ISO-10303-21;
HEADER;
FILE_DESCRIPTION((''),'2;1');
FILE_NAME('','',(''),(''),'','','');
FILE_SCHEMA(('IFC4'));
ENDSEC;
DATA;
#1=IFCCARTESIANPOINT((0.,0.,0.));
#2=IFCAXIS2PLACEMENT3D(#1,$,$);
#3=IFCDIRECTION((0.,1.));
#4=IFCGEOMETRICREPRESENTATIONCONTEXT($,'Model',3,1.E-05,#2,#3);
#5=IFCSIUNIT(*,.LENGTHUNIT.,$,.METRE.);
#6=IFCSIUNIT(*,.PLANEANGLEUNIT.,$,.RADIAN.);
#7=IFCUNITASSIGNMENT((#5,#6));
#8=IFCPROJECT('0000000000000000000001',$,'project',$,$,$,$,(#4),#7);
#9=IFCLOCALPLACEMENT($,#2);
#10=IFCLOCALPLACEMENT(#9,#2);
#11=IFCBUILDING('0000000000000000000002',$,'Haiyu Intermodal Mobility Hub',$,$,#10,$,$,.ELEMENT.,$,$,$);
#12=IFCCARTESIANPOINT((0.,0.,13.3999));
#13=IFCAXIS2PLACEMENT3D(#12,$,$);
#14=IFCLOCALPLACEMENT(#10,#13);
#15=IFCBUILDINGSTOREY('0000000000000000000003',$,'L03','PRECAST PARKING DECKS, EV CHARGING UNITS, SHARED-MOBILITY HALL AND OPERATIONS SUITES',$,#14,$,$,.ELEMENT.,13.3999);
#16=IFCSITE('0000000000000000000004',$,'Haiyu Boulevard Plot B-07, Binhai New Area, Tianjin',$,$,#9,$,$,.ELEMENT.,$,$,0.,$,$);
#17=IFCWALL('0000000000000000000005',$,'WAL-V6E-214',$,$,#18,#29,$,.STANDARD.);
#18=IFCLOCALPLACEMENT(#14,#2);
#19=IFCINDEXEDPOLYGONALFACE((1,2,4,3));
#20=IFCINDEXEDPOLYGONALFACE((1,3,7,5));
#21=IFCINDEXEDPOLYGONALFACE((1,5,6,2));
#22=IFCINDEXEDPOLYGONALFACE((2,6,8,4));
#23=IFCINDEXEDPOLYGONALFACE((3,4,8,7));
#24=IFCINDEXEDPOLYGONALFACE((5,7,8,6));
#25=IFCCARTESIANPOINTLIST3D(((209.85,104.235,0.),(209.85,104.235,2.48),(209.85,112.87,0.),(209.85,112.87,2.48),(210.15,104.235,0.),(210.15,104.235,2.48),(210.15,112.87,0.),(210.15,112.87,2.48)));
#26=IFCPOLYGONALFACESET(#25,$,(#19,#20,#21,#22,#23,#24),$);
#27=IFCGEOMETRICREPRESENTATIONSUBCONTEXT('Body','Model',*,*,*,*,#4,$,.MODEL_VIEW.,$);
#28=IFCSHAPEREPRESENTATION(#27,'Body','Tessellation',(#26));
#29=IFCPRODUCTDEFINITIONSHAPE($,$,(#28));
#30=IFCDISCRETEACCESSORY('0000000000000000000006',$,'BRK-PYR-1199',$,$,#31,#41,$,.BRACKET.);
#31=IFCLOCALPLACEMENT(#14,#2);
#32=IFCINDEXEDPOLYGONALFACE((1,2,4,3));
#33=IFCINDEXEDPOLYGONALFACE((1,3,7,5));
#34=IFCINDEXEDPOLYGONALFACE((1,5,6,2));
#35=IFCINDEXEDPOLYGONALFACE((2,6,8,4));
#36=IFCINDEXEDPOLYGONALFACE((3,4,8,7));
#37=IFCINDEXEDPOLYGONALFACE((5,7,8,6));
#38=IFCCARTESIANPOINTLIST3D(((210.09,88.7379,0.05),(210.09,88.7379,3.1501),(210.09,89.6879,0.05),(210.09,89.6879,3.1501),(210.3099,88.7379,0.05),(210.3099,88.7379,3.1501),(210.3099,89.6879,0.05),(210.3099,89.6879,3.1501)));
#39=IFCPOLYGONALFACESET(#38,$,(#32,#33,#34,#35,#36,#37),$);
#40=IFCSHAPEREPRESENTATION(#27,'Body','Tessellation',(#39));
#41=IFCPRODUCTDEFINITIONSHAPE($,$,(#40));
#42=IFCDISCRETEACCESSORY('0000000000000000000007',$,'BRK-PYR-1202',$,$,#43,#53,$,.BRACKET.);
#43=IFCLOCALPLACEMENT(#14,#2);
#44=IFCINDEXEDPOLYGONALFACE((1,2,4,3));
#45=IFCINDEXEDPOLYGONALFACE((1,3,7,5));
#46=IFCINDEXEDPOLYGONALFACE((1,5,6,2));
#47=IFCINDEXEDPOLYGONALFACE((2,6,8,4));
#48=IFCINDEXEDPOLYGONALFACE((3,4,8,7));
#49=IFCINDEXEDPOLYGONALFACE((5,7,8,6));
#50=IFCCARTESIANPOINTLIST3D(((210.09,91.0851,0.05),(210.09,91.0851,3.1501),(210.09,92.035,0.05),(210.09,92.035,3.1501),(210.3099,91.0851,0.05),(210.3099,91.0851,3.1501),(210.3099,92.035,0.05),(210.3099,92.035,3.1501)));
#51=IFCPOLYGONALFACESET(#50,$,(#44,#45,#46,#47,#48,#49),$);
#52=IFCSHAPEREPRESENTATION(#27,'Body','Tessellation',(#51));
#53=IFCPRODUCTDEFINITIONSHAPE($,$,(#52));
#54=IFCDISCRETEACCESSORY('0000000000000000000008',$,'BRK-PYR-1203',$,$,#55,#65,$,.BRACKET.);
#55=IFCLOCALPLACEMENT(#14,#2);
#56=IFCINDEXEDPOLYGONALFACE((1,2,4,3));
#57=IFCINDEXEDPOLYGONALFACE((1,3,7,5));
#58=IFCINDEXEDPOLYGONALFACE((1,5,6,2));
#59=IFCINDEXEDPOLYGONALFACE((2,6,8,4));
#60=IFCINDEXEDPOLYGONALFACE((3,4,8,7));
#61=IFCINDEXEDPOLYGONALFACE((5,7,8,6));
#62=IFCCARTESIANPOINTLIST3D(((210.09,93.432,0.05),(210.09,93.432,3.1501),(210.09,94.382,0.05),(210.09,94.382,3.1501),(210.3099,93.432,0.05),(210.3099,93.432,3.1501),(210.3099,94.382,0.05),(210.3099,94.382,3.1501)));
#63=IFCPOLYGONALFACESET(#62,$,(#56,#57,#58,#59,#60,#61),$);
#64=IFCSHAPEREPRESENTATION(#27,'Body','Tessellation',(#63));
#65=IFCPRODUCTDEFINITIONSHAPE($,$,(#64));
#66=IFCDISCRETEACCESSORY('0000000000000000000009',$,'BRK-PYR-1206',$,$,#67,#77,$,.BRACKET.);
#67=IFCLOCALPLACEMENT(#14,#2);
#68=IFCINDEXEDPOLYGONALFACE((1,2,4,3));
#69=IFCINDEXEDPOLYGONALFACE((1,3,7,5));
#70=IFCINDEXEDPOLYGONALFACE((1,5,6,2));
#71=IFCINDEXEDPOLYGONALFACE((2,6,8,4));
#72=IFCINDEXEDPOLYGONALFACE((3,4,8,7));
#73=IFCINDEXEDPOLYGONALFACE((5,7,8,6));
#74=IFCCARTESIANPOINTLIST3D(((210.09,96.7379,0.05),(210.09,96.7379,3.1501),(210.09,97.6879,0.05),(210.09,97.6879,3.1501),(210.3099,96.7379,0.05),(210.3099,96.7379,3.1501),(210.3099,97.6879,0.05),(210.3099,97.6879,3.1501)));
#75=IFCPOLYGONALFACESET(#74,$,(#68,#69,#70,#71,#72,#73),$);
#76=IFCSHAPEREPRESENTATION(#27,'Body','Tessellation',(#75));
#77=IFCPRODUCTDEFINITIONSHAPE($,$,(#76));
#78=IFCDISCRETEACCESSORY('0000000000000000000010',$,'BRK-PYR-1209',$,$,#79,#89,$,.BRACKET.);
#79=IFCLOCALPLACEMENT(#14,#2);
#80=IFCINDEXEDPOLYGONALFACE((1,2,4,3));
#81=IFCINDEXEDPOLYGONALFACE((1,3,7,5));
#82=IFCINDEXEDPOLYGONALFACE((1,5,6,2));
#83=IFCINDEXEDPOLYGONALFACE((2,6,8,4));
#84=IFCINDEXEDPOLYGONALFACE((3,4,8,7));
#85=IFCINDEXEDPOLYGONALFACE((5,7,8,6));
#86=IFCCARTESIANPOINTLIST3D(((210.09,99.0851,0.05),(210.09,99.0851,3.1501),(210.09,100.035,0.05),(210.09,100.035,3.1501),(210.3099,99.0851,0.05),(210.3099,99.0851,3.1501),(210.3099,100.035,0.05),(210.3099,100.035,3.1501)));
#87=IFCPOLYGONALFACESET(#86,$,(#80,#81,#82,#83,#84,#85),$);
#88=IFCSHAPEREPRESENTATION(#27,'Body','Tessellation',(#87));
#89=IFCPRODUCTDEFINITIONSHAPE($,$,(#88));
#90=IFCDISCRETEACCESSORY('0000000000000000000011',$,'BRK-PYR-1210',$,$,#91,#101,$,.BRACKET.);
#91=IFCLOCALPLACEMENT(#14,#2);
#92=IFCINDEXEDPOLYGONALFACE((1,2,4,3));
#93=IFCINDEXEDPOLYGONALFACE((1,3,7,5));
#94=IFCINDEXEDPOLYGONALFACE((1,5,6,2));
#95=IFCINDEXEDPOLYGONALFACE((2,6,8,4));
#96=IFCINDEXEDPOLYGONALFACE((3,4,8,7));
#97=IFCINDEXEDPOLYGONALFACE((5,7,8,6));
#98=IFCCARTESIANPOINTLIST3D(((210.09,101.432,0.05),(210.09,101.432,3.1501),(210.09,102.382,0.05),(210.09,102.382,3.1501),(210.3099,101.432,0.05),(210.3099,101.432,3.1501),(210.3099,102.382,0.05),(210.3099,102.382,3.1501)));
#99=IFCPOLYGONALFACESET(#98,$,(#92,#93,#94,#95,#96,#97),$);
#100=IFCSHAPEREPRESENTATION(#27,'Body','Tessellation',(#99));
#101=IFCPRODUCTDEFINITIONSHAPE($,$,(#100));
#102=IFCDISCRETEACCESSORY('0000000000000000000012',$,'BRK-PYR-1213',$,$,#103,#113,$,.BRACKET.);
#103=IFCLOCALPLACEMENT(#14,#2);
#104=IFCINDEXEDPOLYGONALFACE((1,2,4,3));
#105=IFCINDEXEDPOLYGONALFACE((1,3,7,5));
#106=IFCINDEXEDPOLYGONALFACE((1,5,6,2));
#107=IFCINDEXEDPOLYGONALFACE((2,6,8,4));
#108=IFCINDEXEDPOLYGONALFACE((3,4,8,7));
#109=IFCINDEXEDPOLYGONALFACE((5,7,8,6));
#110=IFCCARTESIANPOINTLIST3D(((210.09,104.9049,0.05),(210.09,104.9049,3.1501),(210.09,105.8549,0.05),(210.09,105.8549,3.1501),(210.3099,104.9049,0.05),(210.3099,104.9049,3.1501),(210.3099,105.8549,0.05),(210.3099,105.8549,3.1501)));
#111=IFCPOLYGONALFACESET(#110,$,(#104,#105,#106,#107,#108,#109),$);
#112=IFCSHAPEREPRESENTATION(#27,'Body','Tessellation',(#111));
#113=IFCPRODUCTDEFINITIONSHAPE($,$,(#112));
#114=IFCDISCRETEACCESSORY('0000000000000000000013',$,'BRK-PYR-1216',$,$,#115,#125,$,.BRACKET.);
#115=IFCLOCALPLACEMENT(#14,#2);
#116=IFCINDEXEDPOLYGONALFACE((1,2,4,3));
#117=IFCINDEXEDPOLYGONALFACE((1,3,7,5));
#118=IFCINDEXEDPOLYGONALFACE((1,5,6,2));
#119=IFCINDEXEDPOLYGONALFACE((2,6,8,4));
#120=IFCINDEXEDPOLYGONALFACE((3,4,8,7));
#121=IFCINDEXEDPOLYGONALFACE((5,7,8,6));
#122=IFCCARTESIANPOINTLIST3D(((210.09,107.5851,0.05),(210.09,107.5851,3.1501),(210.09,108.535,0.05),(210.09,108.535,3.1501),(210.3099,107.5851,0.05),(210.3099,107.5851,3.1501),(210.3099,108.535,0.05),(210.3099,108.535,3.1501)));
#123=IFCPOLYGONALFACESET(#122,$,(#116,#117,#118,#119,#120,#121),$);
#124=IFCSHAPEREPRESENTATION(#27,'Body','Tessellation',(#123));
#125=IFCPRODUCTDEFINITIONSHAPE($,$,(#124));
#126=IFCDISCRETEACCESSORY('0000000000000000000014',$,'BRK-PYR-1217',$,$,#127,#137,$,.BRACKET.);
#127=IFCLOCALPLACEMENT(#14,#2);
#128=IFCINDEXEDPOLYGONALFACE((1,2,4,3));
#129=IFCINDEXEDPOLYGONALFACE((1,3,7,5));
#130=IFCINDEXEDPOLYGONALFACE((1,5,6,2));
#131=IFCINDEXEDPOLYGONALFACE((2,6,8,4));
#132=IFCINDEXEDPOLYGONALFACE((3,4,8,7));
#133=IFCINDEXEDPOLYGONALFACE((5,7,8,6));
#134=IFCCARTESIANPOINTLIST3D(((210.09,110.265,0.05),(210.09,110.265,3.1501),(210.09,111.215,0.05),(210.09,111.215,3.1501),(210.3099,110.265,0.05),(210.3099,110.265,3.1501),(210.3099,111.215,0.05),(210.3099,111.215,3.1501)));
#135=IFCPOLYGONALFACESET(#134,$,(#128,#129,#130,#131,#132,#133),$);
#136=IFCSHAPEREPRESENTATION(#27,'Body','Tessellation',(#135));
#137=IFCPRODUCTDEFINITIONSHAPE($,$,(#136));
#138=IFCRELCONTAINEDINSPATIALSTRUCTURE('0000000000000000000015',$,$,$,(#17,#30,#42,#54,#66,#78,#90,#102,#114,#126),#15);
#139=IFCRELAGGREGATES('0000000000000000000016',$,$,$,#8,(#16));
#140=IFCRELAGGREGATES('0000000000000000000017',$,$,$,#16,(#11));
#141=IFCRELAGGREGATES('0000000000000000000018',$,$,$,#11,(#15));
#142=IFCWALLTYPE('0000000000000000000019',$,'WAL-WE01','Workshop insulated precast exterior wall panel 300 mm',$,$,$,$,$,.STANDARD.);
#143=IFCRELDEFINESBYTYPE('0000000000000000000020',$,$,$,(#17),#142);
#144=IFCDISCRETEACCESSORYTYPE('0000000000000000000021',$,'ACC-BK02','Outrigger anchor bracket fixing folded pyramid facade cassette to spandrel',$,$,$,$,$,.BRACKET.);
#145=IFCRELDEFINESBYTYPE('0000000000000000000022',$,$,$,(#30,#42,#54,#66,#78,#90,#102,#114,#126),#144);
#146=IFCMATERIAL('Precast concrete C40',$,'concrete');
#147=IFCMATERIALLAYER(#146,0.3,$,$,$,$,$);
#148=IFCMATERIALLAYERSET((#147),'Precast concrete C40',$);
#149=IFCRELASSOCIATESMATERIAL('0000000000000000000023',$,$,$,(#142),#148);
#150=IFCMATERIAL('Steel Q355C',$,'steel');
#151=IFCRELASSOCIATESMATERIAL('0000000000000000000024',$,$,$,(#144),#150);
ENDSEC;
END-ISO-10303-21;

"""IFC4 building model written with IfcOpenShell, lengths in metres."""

from ifc_helpers import new_model, si_unit, direction, frame, frame_2d, origin, origin_2d, place, context, subcontext, project, spatial, rectangle, extrude, material, layer, layer_set, type_object, element, save


model = new_model("IFC4")

# Units and contexts
model_context = context("Model", 3, precision=1e-05, world=origin(), true_north=direction((0.0, 1.0)))
body_context = subcontext(model_context, "Body", "Model", "MODEL_VIEW")
ifc_project = project(units=[si_unit("LENGTHUNIT", "METRE"), si_unit("PLANEANGLEUNIT", "RADIAN")], contexts=[model_context])

# Site, building, storey
site_placement = place(None, origin())
site = spatial("IfcSite", under=ifc_project, at=site_placement, Name="Haiyu Boulevard Plot B-07, Binhai New Area, Tianjin", CompositionType="ELEMENT", RefElevation=0.0)
building_placement = place(site_placement, origin())
building = spatial("IfcBuilding", under=site, at=building_placement, Name="Haiyu Intermodal Mobility Hub", CompositionType="ELEMENT")
storey_placement = place(building_placement, frame((0.0, 0.0, 13.3999)))
storey = spatial("IfcBuildingStorey", under=building, at=storey_placement, Name="L03", Description="PRECAST PARKING DECKS, EV CHARGING UNITS, SHARED-MOBILITY HALL AND OPERATIONS SUITES", CompositionType="ELEMENT", Elevation=13.3999)

# Wall
ifc_material_1 = material(Name="Precast concrete C40", Category="concrete")
ifc_layer = layer(ifc_material_1, 0.3)
ifc_layer_set = layer_set([ifc_layer], Name="Precast concrete C40")
wall_type = type_object("IfcWallType", Name="WAL-WE01", Description="Workshop insulated precast exterior wall panel 300 mm", PredefinedType="STANDARD", material=ifc_layer_set)
wall_placement = place(storey_placement, frame((210.0, 104.2351, 0.0), z_axis=(0.0, 0.0, 1.0), x_axis=(0.0, 1.0, 0.0)))
element("IfcWall", 1, at=wall_placement, inside=storey, type_object=wall_type, Name="WAL-V6E-214", PredefinedType="STANDARD", context=body_context, shape_type="SweptSolid", body=[
    extrude(rectangle(XDim=8.635, YDim=0.3, at=frame_2d((4.3174, 0.0))), origin(), (0.0, 0.0, 1.0), 2.48),
])

# Discrete accessories
ifc_material_2 = material(Name="Steel Q355C", Category="steel")
discrete_accessory_type = type_object("IfcDiscreteAccessoryType", Name="ACC-BK02", Description="Outrigger anchor bracket fixing folded pyramid facade cassette to spandrel", PredefinedType="BRACKET", material=ifc_material_2)
for number, where, z_axis, x_axis, name in (
    (2, (210.2, 89.2129, 0.05), (0.0, 0.0, 1.0), (1.0, 0.0, 0.0), "BRK-PYR-1199"),
    (3, (210.2, 91.5601, 0.05), (0.0, 0.0, 1.0), (1.0, 0.0, 0.0), "BRK-PYR-1202"),
    (4, (210.2, 93.907, 0.05), (0.0, 0.0, 1.0), (1.0, 0.0, 0.0), "BRK-PYR-1203"),
    (5, (210.2, 97.2129, 0.05), (0.0, 0.0, 1.0), (1.0, 0.0, 0.0), "BRK-PYR-1206"),
    (6, (210.2, 99.5601, 0.05), (0.0, 0.0, 1.0), (1.0, 0.0, 0.0), "BRK-PYR-1209"),
    (7, (210.2, 101.907, 0.05), (0.0, 0.0, 1.0), (1.0, 0.0, 0.0), "BRK-PYR-1210"),
    (8, (210.2, 105.3799, 0.05), (0.0, 0.0, 1.0), (1.0, 0.0, 0.0), "BRK-PYR-1213"),
    (9, (210.2, 108.0601, 0.05), (0.0, 0.0, 1.0), (1.0, 0.0, 0.0), "BRK-PYR-1216"),
    (10, (210.2, 110.74, 0.05), (0.0, 0.0, 1.0), (1.0, 0.0, 0.0), "BRK-PYR-1217"),
):
    element("IfcDiscreteAccessory", number, at=place(storey_placement, frame(where, z_axis=z_axis, x_axis=x_axis)), inside=storey, type_object=discrete_accessory_type, Name=name, PredefinedType="BRACKET", context=body_context, shape_type="SweptSolid", body=[
        extrude(rectangle(XDim=0.22, YDim=0.95, at=origin_2d()), origin(), (0.0, 0.0, 1.0), 3.1001),
    ])

save(model, "model.ifc")
